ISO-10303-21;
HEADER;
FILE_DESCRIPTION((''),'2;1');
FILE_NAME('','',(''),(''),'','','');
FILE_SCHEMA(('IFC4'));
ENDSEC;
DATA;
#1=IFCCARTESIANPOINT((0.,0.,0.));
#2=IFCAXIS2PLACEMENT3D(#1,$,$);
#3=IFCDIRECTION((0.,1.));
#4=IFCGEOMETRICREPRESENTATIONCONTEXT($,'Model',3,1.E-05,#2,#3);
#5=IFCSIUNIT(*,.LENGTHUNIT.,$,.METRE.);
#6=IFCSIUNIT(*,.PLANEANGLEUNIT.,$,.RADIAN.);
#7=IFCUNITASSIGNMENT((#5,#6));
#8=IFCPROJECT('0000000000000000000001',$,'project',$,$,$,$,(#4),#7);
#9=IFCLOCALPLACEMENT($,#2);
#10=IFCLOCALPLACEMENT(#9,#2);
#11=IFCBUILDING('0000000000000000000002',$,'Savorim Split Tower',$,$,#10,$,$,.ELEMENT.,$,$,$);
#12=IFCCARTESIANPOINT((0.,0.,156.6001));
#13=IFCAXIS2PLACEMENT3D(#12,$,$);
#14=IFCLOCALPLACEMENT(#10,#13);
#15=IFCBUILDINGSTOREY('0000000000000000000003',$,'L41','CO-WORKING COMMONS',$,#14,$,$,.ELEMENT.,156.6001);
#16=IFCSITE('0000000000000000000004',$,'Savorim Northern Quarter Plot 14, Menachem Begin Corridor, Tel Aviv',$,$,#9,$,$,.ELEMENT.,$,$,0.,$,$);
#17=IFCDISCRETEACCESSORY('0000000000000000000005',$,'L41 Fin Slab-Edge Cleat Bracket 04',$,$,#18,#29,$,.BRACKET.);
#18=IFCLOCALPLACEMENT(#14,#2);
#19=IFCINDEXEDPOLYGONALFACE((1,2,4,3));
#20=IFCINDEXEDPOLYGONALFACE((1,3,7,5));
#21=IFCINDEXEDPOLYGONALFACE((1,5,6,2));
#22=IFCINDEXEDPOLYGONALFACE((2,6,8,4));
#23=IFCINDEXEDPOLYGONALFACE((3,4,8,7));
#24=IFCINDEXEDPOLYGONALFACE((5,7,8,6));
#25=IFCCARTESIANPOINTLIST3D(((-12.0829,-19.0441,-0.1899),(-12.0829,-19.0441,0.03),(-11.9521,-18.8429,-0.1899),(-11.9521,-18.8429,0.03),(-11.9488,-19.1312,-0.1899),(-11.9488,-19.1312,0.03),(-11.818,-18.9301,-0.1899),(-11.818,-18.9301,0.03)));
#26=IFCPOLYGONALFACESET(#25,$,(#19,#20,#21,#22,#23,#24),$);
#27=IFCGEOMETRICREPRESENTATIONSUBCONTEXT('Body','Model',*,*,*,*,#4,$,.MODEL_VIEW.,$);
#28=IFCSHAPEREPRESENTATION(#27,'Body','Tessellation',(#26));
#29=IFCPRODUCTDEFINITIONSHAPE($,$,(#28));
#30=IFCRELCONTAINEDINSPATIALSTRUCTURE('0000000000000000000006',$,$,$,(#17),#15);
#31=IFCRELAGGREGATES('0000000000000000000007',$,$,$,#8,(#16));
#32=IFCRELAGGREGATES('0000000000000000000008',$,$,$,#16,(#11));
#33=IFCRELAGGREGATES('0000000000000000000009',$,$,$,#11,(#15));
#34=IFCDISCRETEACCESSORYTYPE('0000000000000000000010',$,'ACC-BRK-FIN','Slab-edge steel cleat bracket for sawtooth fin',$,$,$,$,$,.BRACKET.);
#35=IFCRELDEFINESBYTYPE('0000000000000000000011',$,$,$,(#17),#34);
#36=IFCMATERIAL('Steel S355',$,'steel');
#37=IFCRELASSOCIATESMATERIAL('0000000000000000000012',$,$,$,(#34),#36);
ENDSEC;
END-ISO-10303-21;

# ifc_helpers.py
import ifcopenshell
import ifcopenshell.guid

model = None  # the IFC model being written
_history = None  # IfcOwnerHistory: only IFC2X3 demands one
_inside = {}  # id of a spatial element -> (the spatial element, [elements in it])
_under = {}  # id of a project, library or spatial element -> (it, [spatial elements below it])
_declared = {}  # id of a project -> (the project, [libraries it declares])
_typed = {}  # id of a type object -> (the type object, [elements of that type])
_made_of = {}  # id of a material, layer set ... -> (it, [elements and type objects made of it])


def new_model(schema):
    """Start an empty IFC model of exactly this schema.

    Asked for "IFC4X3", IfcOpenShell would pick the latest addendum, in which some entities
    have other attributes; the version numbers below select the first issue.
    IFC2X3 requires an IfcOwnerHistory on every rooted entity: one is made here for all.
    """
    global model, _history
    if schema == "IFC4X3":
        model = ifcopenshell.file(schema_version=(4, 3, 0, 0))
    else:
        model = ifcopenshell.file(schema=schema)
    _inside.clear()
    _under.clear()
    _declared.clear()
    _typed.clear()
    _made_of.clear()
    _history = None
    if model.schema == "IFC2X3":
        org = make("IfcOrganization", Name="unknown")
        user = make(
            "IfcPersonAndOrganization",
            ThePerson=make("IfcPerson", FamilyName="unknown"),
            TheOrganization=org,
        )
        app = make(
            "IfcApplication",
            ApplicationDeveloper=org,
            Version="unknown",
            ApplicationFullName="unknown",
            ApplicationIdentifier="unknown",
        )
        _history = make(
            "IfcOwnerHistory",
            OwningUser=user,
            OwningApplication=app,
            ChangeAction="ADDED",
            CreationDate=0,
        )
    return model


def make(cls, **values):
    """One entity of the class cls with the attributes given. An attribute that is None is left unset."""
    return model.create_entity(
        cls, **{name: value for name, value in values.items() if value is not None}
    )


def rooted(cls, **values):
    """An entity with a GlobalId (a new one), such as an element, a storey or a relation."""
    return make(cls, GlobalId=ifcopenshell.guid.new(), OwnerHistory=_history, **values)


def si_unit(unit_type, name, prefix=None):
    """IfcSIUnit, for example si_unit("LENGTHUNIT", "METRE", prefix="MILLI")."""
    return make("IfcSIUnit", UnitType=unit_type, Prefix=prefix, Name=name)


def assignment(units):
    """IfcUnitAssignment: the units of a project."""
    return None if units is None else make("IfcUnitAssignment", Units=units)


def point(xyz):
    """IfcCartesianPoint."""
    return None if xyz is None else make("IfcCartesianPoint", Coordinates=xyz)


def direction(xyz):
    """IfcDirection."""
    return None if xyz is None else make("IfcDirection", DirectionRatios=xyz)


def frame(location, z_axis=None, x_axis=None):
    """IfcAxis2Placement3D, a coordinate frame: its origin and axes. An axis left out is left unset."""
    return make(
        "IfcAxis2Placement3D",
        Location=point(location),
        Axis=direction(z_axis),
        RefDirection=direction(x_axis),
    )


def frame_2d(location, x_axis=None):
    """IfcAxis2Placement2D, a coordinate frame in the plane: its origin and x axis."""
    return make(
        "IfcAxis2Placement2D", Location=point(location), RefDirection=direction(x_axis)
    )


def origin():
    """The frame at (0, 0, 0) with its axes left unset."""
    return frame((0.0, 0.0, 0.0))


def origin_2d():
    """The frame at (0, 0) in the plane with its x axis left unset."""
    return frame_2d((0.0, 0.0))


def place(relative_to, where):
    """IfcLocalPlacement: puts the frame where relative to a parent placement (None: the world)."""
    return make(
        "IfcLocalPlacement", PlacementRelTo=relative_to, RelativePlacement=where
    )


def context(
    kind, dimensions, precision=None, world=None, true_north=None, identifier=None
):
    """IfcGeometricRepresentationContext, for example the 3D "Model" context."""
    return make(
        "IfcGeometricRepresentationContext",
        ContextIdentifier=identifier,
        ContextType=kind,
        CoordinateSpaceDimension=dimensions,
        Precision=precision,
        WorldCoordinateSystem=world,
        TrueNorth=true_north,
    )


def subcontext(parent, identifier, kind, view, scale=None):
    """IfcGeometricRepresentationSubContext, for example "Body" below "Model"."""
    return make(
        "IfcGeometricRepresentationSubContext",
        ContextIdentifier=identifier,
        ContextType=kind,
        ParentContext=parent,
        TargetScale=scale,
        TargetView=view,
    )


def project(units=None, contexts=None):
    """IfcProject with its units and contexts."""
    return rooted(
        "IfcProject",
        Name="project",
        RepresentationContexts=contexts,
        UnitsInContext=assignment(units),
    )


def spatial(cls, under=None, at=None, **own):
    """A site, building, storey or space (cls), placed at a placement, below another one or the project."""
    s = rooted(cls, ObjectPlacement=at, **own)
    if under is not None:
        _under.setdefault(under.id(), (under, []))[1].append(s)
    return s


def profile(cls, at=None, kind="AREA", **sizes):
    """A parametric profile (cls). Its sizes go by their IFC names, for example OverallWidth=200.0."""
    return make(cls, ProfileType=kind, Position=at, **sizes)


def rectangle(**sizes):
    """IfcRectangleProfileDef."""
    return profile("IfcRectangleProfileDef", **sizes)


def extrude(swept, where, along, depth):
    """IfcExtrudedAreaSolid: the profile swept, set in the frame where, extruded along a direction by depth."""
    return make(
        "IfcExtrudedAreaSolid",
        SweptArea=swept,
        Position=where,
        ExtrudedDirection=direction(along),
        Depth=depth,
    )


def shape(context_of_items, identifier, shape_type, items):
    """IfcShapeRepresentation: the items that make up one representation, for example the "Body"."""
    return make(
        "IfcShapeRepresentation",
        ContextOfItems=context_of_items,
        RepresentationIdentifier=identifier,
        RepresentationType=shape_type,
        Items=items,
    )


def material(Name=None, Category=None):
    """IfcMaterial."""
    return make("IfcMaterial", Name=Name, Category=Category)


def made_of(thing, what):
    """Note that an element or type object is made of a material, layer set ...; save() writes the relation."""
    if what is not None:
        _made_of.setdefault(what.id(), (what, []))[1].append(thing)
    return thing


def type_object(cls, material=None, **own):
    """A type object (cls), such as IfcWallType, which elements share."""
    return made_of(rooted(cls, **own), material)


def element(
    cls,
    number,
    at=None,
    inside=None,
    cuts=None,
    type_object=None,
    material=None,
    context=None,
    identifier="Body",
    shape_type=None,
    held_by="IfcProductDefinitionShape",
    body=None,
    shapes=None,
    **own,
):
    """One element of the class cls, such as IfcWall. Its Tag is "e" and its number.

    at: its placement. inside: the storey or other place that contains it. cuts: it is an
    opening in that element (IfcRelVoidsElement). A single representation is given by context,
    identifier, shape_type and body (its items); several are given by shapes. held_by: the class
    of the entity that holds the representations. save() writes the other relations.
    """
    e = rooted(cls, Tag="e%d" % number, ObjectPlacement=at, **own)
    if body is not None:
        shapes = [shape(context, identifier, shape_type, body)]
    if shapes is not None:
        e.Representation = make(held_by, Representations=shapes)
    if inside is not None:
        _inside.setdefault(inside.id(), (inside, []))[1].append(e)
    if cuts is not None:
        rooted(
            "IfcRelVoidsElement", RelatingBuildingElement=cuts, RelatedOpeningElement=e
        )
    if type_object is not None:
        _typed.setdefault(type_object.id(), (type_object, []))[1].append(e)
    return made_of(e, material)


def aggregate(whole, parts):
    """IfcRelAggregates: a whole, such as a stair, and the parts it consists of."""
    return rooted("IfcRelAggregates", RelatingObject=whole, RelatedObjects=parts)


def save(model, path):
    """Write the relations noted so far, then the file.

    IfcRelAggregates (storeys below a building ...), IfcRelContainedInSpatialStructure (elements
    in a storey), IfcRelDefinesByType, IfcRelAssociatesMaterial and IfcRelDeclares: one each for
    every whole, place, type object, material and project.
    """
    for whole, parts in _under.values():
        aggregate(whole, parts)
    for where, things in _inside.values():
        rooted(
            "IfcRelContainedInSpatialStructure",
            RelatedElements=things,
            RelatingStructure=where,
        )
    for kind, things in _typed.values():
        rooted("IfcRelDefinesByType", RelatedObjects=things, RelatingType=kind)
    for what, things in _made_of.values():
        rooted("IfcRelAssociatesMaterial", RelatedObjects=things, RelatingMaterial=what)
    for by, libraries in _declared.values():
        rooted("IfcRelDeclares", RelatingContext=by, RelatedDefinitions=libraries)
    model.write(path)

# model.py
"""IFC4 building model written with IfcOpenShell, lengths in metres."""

from ifc_helpers import new_model, si_unit, direction, frame, origin, origin_2d, place, context, subcontext, project, spatial, rectangle, extrude, material, type_object, element, save


model = new_model("IFC4")

# Units and contexts
model_context = context("Model", 3, precision=1e-05, world=origin(), true_north=direction((0.0, 1.0)))
body_context = subcontext(model_context, "Body", "Model", "MODEL_VIEW")
ifc_project = project(units=[si_unit("LENGTHUNIT", "METRE"), si_unit("PLANEANGLEUNIT", "RADIAN")], contexts=[model_context])

# Site, building, storey
site_placement = place(None, origin())
site = spatial("IfcSite", under=ifc_project, at=site_placement, Name="Savorim Northern Quarter Plot 14, Menachem Begin Corridor, Tel Aviv", CompositionType="ELEMENT", RefElevation=0.0)
building_placement = place(site_placement, origin())
building = spatial("IfcBuilding", under=site, at=building_placement, Name="Savorim Split Tower", CompositionType="ELEMENT")
storey_placement = place(building_placement, frame((0.0, 0.0, 156.6001)))
storey = spatial("IfcBuildingStorey", under=building, at=storey_placement, Name="L41", Description="CO-WORKING COMMONS", CompositionType="ELEMENT", Elevation=156.6001)

# Shared definitions
ifc_material_1 = material(Name="Steel S355", Category="steel")

# Discrete accessory
discrete_accessory_type = type_object("IfcDiscreteAccessoryType", Name="ACC-BRK-FIN", Description="Slab-edge steel cleat bracket for sawtooth fin", PredefinedType="BRACKET", material=ifc_material_1)
for number, where, z_axis, x_axis, name in (
    (1, (-11.9504, -18.9871, -0.1899), (0.0, 0.0, 1.0), (-0.545148, -0.83834, 0.0), "L41 Fin Slab-Edge Cleat Bracket 04"),
):
    element("IfcDiscreteAccessory", number, at=place(storey_placement, frame(where, z_axis=z_axis, x_axis=x_axis)), inside=storey, type_object=discrete_accessory_type, Name=name, PredefinedType="BRACKET", context=body_context, shape_type="SweptSolid", body=[
        extrude(rectangle(XDim=0.24, YDim=0.1599, at=origin_2d()), origin(), (0.0, 0.0, 1.0), 0.22),
    ])

save(model, "model.ifc")
